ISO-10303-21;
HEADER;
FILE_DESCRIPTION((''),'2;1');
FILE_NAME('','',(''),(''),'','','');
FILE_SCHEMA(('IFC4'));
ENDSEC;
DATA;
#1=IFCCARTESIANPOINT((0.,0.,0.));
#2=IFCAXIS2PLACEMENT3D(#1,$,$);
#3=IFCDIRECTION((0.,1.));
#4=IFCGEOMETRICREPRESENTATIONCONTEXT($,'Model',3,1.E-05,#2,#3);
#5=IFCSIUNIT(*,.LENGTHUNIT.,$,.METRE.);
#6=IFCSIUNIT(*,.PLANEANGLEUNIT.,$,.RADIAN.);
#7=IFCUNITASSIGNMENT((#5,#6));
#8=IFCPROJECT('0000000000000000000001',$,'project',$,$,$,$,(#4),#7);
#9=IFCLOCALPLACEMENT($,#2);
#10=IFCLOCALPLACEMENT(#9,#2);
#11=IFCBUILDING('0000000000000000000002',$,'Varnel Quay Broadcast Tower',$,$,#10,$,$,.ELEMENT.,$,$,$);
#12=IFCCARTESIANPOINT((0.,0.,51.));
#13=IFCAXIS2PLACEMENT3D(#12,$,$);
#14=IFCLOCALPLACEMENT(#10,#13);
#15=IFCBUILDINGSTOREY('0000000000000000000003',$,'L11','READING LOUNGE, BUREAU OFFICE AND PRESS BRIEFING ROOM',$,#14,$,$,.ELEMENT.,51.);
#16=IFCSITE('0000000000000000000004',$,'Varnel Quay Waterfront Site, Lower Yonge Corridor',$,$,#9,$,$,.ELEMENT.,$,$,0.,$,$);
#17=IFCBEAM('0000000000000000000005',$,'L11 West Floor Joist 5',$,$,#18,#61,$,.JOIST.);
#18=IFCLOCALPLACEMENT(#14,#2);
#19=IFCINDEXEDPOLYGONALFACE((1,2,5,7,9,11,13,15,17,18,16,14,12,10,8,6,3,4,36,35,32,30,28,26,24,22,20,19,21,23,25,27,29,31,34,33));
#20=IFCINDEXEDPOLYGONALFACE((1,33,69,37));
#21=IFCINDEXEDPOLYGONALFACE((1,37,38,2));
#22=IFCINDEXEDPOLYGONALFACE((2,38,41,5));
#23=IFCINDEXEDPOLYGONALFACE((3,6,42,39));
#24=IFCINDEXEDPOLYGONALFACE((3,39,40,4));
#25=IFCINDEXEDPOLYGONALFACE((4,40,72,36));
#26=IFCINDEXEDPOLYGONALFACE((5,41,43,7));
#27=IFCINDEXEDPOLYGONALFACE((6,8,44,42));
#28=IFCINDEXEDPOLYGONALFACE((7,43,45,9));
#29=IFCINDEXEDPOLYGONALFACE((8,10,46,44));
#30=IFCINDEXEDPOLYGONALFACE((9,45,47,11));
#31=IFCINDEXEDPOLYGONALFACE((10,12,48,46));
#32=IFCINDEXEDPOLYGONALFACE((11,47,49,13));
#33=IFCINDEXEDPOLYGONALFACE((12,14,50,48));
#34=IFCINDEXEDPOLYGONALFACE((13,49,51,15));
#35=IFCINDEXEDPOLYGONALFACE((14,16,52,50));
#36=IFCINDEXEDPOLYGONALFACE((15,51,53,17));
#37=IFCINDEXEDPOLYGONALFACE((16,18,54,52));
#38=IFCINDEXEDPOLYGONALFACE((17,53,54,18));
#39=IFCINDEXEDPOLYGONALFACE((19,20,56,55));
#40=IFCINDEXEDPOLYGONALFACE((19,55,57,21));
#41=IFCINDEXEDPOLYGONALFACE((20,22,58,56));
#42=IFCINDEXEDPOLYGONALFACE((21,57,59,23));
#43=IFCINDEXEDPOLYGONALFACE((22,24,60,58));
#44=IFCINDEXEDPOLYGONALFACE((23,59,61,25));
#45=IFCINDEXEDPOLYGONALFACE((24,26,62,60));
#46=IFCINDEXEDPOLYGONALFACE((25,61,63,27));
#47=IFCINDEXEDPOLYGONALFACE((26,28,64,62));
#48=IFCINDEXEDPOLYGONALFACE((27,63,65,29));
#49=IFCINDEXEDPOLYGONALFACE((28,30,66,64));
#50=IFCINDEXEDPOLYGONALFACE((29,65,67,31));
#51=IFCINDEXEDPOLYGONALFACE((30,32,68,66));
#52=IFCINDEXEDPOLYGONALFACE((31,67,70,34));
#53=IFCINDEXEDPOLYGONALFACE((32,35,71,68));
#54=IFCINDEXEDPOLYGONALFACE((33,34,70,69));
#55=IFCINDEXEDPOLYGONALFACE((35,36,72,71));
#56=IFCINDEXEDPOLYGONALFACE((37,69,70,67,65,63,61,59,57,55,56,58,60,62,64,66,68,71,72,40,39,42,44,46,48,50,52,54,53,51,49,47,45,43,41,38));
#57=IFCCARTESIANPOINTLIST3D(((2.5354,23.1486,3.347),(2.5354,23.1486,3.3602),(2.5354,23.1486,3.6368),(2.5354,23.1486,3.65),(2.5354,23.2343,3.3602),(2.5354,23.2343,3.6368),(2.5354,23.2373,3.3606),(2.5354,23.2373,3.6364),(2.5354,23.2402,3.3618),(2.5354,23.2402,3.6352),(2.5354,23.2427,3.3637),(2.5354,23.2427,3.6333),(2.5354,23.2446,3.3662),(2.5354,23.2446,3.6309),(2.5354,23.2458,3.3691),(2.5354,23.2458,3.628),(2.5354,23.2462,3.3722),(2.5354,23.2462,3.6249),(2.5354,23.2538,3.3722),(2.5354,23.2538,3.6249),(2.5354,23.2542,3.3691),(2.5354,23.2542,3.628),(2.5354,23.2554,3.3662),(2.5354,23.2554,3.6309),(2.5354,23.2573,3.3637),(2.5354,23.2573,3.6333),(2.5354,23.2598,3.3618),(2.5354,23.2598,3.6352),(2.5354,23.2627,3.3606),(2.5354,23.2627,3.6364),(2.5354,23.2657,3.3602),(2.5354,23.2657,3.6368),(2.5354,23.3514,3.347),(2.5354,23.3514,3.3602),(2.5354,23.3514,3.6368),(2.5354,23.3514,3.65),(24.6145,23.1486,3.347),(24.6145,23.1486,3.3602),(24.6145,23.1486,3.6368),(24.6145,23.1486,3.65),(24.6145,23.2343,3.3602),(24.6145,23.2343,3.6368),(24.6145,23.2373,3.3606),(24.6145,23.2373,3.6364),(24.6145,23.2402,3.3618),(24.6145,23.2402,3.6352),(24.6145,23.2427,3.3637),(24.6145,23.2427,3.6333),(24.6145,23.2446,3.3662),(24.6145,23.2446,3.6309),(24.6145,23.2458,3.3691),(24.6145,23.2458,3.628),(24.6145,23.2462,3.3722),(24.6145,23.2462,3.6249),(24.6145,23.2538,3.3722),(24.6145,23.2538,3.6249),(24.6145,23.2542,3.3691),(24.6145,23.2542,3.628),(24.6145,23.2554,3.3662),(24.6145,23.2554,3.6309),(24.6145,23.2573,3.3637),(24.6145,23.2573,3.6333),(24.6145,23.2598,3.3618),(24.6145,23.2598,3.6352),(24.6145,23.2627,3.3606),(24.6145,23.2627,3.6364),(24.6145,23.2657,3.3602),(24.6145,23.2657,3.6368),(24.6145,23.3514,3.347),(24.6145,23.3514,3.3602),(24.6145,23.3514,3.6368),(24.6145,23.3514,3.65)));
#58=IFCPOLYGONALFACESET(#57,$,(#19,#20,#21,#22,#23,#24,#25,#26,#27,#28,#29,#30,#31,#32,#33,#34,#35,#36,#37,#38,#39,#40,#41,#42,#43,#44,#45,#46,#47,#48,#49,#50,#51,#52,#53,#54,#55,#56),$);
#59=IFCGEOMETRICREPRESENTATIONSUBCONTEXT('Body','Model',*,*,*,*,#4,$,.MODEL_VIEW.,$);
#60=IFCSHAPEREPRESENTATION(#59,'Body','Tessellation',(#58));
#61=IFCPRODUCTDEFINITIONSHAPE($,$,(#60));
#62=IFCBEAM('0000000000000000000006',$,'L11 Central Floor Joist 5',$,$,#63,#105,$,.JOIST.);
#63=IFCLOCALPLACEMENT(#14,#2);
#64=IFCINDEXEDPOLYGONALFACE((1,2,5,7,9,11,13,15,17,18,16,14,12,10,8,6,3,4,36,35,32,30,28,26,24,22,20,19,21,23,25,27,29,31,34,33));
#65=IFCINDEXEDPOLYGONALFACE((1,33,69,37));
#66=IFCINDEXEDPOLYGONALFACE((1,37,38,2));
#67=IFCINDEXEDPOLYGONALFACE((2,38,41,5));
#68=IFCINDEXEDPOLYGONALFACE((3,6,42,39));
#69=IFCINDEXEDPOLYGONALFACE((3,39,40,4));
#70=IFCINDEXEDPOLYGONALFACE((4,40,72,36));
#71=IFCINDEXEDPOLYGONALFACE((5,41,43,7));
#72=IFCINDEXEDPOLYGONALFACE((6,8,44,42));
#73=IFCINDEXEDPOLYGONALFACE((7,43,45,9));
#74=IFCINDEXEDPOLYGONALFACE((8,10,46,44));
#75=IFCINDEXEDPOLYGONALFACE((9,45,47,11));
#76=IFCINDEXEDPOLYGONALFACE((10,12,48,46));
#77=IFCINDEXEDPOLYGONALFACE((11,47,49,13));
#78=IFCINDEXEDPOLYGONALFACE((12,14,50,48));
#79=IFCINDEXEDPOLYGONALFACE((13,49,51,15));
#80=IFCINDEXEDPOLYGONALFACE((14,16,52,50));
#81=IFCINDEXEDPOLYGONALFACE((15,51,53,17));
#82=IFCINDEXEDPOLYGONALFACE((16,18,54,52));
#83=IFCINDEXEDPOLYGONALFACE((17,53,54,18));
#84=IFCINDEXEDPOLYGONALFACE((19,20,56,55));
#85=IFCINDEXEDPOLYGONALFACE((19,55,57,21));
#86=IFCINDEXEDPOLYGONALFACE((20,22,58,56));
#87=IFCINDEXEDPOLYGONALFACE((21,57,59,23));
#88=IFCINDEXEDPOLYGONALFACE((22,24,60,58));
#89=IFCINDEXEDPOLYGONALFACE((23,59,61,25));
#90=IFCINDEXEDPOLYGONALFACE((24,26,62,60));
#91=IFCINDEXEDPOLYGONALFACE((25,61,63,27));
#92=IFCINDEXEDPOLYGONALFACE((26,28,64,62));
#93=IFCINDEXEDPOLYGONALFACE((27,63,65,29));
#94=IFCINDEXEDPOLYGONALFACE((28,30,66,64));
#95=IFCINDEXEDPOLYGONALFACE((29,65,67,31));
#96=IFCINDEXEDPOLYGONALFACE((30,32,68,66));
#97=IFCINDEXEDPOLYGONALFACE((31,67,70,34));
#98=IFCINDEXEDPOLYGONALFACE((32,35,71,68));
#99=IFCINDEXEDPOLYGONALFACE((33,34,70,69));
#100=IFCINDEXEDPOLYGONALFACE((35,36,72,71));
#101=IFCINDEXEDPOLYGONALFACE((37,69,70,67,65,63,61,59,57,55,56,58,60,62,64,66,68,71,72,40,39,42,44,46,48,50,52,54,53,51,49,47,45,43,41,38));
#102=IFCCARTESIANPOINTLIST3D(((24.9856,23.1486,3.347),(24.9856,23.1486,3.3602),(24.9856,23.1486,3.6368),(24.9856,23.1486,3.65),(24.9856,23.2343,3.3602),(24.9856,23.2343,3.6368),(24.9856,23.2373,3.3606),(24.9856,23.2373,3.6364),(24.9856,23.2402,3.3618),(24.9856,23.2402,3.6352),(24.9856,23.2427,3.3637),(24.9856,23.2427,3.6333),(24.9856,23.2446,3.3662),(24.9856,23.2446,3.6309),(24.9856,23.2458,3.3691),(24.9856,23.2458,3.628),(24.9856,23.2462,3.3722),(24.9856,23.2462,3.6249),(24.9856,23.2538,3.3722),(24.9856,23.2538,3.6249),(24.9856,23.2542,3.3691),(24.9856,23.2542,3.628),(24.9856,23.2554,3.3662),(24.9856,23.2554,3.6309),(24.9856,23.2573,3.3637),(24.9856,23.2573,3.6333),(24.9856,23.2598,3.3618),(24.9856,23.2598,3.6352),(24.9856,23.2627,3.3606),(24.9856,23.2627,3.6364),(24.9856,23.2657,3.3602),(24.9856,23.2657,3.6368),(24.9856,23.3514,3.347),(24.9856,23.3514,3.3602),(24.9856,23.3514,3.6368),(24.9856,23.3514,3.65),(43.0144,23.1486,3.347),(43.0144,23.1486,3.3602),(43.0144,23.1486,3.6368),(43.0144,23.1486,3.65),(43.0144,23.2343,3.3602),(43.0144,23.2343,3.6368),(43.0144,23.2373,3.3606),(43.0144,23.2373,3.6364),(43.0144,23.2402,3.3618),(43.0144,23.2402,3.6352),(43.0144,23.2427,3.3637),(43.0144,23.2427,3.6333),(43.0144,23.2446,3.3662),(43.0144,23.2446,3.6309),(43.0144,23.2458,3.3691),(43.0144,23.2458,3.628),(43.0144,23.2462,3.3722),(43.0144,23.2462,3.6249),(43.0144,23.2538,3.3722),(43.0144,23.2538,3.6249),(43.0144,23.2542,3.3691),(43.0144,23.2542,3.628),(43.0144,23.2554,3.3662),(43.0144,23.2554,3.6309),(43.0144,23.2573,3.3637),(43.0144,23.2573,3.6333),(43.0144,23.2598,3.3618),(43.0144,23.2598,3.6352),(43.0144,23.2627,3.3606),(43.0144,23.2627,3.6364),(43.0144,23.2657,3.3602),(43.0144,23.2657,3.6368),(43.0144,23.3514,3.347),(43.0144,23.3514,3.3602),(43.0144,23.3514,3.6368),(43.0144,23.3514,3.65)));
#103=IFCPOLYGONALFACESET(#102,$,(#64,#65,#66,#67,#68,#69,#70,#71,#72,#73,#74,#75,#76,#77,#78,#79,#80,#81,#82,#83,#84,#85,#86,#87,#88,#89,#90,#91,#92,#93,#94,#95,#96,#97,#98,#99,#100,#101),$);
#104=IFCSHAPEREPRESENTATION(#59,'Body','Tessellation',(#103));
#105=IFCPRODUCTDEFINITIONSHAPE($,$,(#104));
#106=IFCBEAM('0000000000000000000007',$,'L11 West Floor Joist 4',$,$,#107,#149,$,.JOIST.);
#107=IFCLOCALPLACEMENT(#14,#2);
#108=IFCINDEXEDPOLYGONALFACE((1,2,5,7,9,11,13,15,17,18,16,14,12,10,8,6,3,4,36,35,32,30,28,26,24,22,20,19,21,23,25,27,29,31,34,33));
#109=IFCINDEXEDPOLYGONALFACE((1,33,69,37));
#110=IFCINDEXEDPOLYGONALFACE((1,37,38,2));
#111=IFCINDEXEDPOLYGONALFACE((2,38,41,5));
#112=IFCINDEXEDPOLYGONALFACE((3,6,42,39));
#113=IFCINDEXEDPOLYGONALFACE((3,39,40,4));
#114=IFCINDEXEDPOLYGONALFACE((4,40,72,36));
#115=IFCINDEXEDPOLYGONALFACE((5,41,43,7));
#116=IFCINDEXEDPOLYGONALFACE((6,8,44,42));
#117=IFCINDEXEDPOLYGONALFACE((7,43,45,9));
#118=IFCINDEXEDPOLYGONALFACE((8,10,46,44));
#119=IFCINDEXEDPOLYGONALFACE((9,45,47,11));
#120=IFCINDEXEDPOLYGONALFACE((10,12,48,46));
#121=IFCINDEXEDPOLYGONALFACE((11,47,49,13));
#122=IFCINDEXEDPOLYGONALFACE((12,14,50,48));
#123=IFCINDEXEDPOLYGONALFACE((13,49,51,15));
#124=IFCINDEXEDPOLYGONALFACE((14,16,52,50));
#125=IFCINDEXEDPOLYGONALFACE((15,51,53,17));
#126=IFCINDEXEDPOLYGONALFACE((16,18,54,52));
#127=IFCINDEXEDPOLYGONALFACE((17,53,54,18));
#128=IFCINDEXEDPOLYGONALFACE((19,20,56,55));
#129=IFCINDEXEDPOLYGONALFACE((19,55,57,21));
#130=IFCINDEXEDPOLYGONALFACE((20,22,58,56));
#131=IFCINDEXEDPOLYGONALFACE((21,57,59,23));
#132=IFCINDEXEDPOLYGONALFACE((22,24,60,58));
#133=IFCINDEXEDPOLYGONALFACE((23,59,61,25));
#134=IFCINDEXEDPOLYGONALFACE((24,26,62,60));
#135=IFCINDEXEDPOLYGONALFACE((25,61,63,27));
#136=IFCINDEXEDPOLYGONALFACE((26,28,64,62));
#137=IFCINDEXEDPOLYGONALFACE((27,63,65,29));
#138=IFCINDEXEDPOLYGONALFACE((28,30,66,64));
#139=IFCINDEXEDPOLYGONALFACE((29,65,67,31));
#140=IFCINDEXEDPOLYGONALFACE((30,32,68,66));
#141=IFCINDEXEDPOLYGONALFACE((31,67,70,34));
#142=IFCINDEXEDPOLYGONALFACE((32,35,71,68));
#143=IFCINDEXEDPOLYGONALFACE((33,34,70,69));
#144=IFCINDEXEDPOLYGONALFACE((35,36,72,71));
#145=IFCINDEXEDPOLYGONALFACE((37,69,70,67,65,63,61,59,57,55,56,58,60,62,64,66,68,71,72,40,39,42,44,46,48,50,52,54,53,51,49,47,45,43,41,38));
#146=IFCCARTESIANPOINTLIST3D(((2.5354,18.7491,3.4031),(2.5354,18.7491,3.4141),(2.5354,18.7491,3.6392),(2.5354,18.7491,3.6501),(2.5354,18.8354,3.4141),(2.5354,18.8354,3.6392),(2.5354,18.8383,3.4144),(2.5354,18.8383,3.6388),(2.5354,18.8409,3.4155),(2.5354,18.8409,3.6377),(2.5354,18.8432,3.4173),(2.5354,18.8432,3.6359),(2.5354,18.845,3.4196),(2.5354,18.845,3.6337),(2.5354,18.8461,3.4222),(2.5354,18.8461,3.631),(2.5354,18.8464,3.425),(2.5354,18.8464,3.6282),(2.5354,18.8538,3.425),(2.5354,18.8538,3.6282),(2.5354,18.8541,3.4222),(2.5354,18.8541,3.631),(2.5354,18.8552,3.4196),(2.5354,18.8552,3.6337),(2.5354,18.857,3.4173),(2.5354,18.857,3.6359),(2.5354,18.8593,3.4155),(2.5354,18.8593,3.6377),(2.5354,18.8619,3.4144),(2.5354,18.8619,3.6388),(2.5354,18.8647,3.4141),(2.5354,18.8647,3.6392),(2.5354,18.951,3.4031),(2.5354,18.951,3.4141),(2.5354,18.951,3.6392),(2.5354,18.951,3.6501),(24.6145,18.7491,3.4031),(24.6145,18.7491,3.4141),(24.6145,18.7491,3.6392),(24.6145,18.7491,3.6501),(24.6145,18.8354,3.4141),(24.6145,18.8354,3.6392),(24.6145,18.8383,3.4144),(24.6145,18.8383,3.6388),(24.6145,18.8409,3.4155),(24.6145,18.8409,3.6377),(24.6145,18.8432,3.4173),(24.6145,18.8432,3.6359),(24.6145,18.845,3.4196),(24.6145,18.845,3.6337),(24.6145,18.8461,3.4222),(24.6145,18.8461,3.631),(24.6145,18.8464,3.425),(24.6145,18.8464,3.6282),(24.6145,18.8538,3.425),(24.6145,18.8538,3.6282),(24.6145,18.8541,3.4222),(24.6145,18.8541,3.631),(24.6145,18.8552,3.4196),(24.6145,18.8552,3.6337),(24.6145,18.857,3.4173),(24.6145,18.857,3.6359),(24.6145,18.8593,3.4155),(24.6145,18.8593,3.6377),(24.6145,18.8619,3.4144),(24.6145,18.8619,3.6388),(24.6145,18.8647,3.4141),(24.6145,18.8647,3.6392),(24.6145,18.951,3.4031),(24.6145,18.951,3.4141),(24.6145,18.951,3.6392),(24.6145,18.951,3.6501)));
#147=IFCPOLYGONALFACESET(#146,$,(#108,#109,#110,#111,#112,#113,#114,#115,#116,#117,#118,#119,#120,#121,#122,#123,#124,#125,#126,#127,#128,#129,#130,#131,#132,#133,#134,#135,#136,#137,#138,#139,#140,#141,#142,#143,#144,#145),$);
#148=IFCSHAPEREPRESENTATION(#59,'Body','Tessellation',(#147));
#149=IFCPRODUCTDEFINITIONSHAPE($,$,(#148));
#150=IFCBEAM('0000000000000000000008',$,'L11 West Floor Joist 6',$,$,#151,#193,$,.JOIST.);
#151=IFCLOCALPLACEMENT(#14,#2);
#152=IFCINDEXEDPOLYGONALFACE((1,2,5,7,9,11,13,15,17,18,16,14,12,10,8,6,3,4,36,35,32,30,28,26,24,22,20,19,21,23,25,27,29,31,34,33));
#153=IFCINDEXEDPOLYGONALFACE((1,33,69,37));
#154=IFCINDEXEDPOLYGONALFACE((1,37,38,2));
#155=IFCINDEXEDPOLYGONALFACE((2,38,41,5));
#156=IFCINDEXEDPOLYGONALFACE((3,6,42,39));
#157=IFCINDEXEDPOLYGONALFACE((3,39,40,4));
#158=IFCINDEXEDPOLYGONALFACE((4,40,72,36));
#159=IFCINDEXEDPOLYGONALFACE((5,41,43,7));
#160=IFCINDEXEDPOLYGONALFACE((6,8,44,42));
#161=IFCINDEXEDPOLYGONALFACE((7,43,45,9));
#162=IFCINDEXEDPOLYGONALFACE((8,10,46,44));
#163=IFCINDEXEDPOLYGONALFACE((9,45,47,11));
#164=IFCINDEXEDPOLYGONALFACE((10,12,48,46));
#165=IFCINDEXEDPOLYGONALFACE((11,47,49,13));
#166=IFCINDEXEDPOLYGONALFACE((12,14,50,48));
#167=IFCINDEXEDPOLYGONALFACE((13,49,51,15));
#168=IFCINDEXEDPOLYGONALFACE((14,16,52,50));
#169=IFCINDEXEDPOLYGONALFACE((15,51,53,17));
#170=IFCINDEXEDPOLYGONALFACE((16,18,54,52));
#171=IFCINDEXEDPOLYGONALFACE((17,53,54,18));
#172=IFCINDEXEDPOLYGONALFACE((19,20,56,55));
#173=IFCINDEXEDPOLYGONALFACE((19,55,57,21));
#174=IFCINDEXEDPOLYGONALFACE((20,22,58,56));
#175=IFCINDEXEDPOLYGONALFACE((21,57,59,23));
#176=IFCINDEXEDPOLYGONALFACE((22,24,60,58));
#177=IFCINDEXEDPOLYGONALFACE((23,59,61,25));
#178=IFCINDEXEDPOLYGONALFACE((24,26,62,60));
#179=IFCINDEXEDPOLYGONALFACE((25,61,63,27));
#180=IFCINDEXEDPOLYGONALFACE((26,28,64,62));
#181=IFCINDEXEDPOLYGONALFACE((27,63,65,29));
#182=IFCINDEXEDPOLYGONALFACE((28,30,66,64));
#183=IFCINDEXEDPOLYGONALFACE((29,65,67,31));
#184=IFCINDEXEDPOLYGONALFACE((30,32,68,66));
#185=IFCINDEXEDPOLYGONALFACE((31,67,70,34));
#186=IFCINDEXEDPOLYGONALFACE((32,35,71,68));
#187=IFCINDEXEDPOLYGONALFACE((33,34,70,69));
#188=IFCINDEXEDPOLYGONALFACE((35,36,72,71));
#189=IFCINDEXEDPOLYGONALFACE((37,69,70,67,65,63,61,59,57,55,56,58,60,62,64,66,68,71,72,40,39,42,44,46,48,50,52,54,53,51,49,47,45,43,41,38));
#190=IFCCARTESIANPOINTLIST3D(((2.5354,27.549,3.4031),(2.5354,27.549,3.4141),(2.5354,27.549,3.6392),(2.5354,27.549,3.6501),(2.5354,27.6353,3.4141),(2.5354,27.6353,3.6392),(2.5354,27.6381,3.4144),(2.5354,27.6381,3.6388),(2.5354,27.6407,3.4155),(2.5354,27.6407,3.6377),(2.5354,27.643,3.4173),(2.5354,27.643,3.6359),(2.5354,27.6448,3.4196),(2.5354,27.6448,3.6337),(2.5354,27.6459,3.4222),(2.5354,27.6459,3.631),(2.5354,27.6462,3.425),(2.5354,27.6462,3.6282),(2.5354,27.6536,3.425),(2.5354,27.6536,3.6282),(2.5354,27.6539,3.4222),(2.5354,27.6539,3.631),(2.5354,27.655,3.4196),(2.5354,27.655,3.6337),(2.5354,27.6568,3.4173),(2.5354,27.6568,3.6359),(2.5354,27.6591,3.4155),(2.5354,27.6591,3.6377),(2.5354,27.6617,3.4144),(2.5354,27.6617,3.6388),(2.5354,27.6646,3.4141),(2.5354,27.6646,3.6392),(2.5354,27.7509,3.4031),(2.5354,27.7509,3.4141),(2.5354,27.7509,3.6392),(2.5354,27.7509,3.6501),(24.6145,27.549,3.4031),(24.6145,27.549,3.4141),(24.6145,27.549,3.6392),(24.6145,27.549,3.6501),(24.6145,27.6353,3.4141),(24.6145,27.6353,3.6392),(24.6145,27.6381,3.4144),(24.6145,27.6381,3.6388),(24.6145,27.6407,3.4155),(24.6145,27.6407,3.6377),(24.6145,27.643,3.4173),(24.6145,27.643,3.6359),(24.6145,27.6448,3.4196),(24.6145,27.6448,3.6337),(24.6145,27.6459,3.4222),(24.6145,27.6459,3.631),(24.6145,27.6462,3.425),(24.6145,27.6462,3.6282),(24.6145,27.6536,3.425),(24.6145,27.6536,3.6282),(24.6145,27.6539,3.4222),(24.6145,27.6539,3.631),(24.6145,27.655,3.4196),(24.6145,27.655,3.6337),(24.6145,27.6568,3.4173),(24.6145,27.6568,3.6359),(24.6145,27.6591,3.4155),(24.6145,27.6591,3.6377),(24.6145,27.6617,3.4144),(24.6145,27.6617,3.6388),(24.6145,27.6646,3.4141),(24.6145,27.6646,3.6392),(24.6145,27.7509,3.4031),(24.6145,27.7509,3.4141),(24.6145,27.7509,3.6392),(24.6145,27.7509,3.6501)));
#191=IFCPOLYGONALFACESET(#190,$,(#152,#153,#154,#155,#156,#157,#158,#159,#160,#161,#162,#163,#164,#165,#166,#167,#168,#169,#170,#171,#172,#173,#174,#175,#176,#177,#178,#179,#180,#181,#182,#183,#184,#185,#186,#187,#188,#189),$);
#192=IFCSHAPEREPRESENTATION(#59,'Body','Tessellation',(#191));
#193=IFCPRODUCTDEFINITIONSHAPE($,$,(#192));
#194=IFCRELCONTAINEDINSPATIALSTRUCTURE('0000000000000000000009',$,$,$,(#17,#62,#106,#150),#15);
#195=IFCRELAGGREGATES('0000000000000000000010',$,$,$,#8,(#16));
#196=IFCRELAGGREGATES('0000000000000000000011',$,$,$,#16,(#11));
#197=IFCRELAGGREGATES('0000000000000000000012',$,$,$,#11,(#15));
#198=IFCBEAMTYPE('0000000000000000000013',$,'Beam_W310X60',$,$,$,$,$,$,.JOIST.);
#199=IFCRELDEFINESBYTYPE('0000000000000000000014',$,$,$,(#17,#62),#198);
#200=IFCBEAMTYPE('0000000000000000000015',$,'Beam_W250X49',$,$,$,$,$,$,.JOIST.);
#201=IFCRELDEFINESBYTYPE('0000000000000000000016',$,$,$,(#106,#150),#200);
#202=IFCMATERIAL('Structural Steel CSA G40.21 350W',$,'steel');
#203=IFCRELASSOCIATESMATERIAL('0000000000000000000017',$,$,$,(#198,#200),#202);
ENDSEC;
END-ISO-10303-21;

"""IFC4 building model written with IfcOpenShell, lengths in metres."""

from ifc_helpers import new_model, si_unit, direction, frame, origin, origin_2d, place, context, subcontext, project, spatial, i_section, extrude, source, transform, mapped, material, material_profile, profile_set, type_object, element, save


model = new_model("IFC4")

# Units and contexts
model_context = context("Model", 3, precision=1e-05, world=origin(), true_north=direction((0.0, 1.0)))
body_context = subcontext(model_context, "Body", "Model", "MODEL_VIEW")
ifc_project = project(units=[si_unit("LENGTHUNIT", "METRE"), si_unit("PLANEANGLEUNIT", "RADIAN")], contexts=[model_context])

# Site, building, storey
site_placement = place(None, origin())
site = spatial("IfcSite", under=ifc_project, at=site_placement, Name="Varnel Quay Waterfront Site, Lower Yonge Corridor", CompositionType="ELEMENT", RefElevation=0.0)
building_placement = place(site_placement, origin())
building = spatial("IfcBuilding", under=site, at=building_placement, Name="Varnel Quay Broadcast Tower", CompositionType="ELEMENT")
storey_placement = place(building_placement, frame((0.0, 0.0, 51.0)))
storey = spatial("IfcBuildingStorey", under=building, at=storey_placement, Name="L11", Description="READING LOUNGE, BUREAU OFFICE AND PRESS BRIEFING ROOM", CompositionType="ELEMENT", Elevation=51.0)

# Beams
ifc_material_1 = material(Name="Structural Steel CSA G40.21 350W", Category="steel")
ifc_material_profile_1 = material_profile(ifc_material_1, i_section(OverallWidth=0.2029, OverallDepth=0.303, WebThickness=0.0076, FlangeThickness=0.0132, FilletRadius=0.012, at=origin_2d()), Name="W310X60")
ifc_profile_set_1 = profile_set([ifc_material_profile_1], Name="Structural Steel CSA G40.21 350W")
beam_type_1 = type_object("IfcBeamType", Name="Beam_W310X60", PredefinedType="JOIST", material=ifc_profile_set_1)
shared_shape_1 = source(origin(), body_context, "Body", "SweptSolid", [
    extrude(i_section(OverallWidth=0.2029, OverallDepth=0.303, WebThickness=0.0076, FlangeThickness=0.0132, FilletRadius=0.012, at=origin_2d()), origin(), (0.0, 0.0, 1.0), 22.0791),
])
beam_1_placement = place(storey_placement, frame((2.5354, 23.25, 3.4985), z_axis=(1.0, 0.0, 0.0), x_axis=(0.0, 1.0, 0.0)))
element("IfcBeam", 1, at=beam_1_placement, inside=storey, type_object=beam_type_1, Name="L11 West Floor Joist 5", PredefinedType="JOIST", context=body_context, shape_type="MappedRepresentation", body=[
    mapped(shared_shape_1, transform((0.0, 0.0, 0.0), x_axis=(1.0, 0.0, 0.0), y_axis=(0.0, 1.0, 0.0), z_axis=(0.0, 0.0, 1.0), scale=1.0)),
])
shared_shape_2 = source(origin(), body_context, "Body", "SweptSolid", [
    extrude(i_section(OverallWidth=0.2029, OverallDepth=0.303, WebThickness=0.0076, FlangeThickness=0.0132, FilletRadius=0.012, at=origin_2d()), origin(), (0.0, 0.0, 1.0), 18.0288),
])
beam_2_placement = place(storey_placement, frame((24.9856, 23.25, 3.4985), z_axis=(1.0, 0.0, 0.0), x_axis=(0.0, 1.0, 0.0)))
element("IfcBeam", 2, at=beam_2_placement, inside=storey, type_object=beam_type_1, Name="L11 Central Floor Joist 5", PredefinedType="JOIST", context=body_context, shape_type="MappedRepresentation", body=[
    mapped(shared_shape_2, transform((0.0, 0.0, 0.0), x_axis=(1.0, 0.0, 0.0), y_axis=(0.0, 1.0, 0.0), z_axis=(0.0, 0.0, 1.0), scale=1.0)),
])
ifc_material_profile_2 = material_profile(ifc_material_1, i_section(OverallWidth=0.2019, OverallDepth=0.2471, WebThickness=0.0073, FlangeThickness=0.011, FilletRadius=0.011, at=origin_2d()), Name="W250X49")
ifc_profile_set_2 = profile_set([ifc_material_profile_2], Name="Structural Steel CSA G40.21 350W")
beam_type_2 = type_object("IfcBeamType", Name="Beam_W250X49", PredefinedType="JOIST", material=ifc_profile_set_2)
shared_shape_3 = source(origin(), body_context, "Body", "SweptSolid", [
    extrude(i_section(OverallWidth=0.2019, OverallDepth=0.2471, WebThickness=0.0073, FlangeThickness=0.011, FilletRadius=0.011, at=origin_2d()), origin(), (0.0, 0.0, 1.0), 22.0791),
])
for number, where, z_axis, x_axis, name in (
    (3, (2.5354, 18.8501, 3.5266), (1.0, 0.0, 0.0), (0.0, 1.0, 0.0), "L11 West Floor Joist 4"),
    (4, (2.5354, 27.6499, 3.5266), (1.0, 0.0, 0.0), (0.0, 1.0, 0.0), "L11 West Floor Joist 6"),
):
    element("IfcBeam", number, at=place(storey_placement, frame(where, z_axis=z_axis, x_axis=x_axis)), inside=storey, type_object=beam_type_2, Name=name, PredefinedType="JOIST", context=body_context, shape_type="MappedRepresentation", body=[
        mapped(shared_shape_3, transform((0.0, 0.0, 0.0), x_axis=(1.0, 0.0, 0.0), y_axis=(0.0, 1.0, 0.0), z_axis=(0.0, 0.0, 1.0), scale=1.0)),
    ])

save(model, "model.ifc")
